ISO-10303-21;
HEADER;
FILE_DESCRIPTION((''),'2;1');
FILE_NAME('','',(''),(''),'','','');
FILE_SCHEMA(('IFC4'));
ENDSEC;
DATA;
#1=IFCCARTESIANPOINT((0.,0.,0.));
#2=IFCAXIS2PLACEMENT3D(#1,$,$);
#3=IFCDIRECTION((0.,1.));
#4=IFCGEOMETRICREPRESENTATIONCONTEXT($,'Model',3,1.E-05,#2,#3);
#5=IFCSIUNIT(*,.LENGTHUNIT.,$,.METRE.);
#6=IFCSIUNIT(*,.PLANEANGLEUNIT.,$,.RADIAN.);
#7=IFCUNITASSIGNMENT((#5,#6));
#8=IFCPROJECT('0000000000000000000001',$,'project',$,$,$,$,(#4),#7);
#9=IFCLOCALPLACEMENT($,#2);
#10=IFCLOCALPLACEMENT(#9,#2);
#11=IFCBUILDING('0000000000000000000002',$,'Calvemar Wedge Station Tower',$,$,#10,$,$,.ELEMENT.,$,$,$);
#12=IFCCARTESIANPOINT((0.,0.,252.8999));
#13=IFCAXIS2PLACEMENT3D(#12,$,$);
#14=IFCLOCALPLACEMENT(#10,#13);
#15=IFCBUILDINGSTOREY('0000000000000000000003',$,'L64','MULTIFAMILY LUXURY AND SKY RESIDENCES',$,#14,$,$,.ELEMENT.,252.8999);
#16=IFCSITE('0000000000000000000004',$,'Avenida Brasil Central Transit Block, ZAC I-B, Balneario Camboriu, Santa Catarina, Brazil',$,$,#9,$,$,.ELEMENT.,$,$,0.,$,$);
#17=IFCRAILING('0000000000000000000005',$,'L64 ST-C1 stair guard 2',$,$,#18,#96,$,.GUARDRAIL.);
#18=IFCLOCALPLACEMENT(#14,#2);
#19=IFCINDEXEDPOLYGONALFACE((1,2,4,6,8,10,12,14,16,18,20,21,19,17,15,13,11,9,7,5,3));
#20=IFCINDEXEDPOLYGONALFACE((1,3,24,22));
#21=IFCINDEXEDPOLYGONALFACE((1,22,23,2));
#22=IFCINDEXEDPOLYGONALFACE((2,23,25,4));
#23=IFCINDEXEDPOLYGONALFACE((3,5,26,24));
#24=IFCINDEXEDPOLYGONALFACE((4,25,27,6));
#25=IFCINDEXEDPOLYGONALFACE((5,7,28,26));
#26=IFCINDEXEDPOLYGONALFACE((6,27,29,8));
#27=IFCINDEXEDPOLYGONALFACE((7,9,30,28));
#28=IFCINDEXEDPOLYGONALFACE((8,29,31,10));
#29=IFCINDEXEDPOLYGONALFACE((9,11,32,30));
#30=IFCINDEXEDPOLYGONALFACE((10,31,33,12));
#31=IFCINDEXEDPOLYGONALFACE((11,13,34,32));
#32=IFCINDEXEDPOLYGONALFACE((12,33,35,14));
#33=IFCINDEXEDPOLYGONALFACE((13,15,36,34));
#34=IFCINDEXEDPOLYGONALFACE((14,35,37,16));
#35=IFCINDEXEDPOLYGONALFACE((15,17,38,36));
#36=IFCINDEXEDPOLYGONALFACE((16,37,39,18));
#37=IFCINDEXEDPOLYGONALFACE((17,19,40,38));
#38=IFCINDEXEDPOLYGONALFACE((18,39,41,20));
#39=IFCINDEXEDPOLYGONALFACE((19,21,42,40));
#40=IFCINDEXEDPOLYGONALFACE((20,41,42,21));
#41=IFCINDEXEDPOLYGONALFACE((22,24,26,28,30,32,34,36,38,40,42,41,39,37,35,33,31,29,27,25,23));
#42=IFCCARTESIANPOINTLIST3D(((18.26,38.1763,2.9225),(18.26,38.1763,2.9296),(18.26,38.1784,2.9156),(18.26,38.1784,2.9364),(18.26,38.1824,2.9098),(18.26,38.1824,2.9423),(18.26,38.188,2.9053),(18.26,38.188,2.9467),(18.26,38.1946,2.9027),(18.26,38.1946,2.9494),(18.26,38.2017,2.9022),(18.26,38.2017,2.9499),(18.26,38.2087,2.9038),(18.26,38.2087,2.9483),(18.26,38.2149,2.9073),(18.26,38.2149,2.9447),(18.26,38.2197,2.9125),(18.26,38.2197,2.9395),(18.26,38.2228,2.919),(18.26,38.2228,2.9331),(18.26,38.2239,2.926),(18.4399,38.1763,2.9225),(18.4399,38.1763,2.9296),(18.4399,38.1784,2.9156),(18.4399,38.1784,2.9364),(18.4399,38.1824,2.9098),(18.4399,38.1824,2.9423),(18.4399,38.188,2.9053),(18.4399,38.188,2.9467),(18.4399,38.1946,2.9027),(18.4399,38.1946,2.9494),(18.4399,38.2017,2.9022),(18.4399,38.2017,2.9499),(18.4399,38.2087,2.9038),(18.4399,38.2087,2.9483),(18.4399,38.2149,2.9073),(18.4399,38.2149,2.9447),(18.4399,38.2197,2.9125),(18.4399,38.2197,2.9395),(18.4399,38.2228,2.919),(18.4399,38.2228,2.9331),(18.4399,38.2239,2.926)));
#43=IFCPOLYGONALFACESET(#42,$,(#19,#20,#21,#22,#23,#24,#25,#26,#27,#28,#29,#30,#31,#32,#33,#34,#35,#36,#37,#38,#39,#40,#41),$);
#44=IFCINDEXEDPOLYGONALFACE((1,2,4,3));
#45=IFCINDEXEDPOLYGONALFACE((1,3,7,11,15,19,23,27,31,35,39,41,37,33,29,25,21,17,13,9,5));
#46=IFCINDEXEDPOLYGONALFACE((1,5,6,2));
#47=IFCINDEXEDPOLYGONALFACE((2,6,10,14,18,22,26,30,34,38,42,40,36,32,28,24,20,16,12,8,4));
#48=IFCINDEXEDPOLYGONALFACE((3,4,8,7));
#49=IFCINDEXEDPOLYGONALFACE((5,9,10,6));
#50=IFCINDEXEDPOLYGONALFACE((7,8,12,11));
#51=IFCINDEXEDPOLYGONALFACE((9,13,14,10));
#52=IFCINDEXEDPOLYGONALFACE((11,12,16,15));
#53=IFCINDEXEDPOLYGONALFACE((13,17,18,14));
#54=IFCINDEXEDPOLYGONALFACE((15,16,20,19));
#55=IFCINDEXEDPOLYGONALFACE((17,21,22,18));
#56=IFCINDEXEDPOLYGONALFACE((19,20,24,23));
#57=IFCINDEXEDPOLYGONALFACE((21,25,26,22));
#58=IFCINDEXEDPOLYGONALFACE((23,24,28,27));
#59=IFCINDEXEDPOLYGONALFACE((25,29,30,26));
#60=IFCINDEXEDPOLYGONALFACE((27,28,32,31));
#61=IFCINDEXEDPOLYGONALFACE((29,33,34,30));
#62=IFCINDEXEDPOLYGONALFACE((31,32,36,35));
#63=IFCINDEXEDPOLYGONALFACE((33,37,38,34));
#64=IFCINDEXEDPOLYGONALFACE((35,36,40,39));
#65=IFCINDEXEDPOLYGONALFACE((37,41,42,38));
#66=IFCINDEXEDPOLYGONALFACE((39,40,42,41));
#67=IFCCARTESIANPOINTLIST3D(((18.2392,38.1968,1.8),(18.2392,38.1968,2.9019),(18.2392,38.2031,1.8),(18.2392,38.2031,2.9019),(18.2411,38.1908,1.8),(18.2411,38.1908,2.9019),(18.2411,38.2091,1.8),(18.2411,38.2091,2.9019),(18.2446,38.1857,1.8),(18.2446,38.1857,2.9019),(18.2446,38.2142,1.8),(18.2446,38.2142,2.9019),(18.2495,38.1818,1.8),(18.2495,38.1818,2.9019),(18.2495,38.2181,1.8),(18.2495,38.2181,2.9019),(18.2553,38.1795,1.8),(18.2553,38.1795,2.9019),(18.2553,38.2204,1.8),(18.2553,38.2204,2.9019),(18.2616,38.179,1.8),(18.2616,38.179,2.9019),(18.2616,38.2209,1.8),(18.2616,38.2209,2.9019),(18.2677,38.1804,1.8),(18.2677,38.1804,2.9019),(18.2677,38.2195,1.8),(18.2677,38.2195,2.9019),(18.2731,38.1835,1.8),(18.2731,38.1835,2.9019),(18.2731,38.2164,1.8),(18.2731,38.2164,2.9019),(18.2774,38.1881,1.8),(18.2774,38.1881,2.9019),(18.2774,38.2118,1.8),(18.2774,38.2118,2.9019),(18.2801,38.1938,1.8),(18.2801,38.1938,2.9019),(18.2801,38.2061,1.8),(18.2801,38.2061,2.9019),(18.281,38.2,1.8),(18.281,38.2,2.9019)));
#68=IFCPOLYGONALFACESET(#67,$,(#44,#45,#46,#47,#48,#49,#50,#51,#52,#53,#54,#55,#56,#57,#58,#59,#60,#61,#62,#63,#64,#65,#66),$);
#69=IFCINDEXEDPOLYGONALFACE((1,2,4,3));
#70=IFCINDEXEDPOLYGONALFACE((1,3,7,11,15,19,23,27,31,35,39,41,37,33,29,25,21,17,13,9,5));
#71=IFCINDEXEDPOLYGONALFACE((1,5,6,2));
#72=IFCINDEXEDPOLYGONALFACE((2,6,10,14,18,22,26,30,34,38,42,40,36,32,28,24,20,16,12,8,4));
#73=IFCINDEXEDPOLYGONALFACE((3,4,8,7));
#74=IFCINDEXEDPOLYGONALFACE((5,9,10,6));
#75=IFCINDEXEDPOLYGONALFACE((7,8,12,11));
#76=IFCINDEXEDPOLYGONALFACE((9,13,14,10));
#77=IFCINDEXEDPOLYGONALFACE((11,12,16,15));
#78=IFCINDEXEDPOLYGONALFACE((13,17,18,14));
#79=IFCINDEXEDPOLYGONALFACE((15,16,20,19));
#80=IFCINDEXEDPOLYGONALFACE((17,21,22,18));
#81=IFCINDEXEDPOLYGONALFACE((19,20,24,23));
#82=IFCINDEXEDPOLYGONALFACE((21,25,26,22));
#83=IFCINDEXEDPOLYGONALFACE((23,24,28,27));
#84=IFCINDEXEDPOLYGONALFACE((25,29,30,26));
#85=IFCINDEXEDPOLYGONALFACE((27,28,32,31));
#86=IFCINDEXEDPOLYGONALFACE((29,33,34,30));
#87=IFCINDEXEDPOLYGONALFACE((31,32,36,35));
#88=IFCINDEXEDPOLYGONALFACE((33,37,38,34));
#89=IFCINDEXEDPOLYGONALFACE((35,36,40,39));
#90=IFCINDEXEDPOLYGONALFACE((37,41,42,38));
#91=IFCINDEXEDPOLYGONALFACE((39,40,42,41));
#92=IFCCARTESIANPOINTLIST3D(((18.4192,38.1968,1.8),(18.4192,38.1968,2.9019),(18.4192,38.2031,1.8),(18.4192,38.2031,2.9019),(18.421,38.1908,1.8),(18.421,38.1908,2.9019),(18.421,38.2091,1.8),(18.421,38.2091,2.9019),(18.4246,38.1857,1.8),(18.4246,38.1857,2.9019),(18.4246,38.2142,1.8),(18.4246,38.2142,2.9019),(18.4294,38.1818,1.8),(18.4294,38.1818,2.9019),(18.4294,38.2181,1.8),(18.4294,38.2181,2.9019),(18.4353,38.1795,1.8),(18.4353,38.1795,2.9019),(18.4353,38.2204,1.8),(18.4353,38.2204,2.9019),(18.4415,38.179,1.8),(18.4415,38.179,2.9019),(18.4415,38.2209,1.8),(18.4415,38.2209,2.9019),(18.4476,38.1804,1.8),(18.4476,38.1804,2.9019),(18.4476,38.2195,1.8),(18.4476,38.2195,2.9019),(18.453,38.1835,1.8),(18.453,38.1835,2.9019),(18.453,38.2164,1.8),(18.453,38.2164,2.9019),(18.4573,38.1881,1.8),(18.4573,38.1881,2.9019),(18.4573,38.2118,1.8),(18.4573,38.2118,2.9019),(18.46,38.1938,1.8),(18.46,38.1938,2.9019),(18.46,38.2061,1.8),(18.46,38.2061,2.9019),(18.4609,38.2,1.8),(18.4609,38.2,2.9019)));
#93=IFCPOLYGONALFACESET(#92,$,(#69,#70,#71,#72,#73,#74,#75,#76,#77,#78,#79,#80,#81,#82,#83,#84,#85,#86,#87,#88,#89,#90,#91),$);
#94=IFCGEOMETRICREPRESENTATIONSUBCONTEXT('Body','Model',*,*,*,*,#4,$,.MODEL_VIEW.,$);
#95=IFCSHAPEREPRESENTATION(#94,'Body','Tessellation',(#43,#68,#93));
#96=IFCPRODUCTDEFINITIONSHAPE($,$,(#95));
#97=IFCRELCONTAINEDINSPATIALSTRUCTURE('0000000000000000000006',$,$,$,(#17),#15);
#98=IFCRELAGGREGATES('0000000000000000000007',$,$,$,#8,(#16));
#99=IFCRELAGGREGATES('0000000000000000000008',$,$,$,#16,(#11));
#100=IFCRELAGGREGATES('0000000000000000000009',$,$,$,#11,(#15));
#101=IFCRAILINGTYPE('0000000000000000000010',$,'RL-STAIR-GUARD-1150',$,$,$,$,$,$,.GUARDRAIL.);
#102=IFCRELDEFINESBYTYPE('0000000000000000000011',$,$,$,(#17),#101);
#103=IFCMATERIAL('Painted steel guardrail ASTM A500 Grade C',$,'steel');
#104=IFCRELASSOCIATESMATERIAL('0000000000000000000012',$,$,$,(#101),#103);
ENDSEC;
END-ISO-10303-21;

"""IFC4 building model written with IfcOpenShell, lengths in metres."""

from ifc_helpers import new_model, si_unit, direction, frame, origin, origin_2d, place, context, subcontext, project, spatial, circle, extrude, material, type_object, element, save


model = new_model("IFC4")

# Units and contexts
model_context = context("Model", 3, precision=1e-05, world=origin(), true_north=direction((0.0, 1.0)))
body_context = subcontext(model_context, "Body", "Model", "MODEL_VIEW")
ifc_project = project(units=[si_unit("LENGTHUNIT", "METRE"), si_unit("PLANEANGLEUNIT", "RADIAN")], contexts=[model_context])

# Site, building, storey
site_placement = place(None, origin())
site = spatial("IfcSite", under=ifc_project, at=site_placement, Name="Avenida Brasil Central Transit Block, ZAC I-B, Balneario Camboriu, Santa Catarina, Brazil", CompositionType="ELEMENT", RefElevation=0.0)
building_placement = place(site_placement, origin())
building = spatial("IfcBuilding", under=site, at=building_placement, Name="Calvemar Wedge Station Tower", CompositionType="ELEMENT")
storey_placement = place(building_placement, frame((0.0, 0.0, 252.8999)))
storey = spatial("IfcBuildingStorey", under=building, at=storey_placement, Name="L64", Description="MULTIFAMILY LUXURY AND SKY RESIDENCES", CompositionType="ELEMENT", Elevation=252.8999)

# Railing
ifc_material_1 = material(Name="Painted steel guardrail ASTM A500 Grade C", Category="steel")
railing_type_1 = type_object("IfcRailingType", Name="RL-STAIR-GUARD-1150", PredefinedType="GUARDRAIL", material=ifc_material_1)
railing_1_placement = place(storey_placement, frame((18.26, 38.2, 1.8)))
element("IfcRailing", 1, at=railing_1_placement, inside=storey, type_object=railing_type_1, Name="L64 ST-C1 stair guard 2", PredefinedType="GUARDRAIL", context=body_context, shape_type="SweptSolid", body=[
    extrude(circle(Radius=0.0239, at=origin_2d()), frame((0.0, 0.0, 1.126), z_axis=(1.0, 0.0, 0.0), x_axis=(0.0, 1.0, 0.0)), (0.0, 0.0, 1.0), 0.1799),
    extrude(circle(Radius=0.021, at=origin_2d()), origin(), (0.0, 0.0, 1.0), 1.1018),
    extrude(circle(Radius=0.021, at=origin_2d()), frame((0.1799, 0.0, 0.0)), (0.0, 0.0, 1.0), 1.1018),
])

save(model, "model.ifc")
